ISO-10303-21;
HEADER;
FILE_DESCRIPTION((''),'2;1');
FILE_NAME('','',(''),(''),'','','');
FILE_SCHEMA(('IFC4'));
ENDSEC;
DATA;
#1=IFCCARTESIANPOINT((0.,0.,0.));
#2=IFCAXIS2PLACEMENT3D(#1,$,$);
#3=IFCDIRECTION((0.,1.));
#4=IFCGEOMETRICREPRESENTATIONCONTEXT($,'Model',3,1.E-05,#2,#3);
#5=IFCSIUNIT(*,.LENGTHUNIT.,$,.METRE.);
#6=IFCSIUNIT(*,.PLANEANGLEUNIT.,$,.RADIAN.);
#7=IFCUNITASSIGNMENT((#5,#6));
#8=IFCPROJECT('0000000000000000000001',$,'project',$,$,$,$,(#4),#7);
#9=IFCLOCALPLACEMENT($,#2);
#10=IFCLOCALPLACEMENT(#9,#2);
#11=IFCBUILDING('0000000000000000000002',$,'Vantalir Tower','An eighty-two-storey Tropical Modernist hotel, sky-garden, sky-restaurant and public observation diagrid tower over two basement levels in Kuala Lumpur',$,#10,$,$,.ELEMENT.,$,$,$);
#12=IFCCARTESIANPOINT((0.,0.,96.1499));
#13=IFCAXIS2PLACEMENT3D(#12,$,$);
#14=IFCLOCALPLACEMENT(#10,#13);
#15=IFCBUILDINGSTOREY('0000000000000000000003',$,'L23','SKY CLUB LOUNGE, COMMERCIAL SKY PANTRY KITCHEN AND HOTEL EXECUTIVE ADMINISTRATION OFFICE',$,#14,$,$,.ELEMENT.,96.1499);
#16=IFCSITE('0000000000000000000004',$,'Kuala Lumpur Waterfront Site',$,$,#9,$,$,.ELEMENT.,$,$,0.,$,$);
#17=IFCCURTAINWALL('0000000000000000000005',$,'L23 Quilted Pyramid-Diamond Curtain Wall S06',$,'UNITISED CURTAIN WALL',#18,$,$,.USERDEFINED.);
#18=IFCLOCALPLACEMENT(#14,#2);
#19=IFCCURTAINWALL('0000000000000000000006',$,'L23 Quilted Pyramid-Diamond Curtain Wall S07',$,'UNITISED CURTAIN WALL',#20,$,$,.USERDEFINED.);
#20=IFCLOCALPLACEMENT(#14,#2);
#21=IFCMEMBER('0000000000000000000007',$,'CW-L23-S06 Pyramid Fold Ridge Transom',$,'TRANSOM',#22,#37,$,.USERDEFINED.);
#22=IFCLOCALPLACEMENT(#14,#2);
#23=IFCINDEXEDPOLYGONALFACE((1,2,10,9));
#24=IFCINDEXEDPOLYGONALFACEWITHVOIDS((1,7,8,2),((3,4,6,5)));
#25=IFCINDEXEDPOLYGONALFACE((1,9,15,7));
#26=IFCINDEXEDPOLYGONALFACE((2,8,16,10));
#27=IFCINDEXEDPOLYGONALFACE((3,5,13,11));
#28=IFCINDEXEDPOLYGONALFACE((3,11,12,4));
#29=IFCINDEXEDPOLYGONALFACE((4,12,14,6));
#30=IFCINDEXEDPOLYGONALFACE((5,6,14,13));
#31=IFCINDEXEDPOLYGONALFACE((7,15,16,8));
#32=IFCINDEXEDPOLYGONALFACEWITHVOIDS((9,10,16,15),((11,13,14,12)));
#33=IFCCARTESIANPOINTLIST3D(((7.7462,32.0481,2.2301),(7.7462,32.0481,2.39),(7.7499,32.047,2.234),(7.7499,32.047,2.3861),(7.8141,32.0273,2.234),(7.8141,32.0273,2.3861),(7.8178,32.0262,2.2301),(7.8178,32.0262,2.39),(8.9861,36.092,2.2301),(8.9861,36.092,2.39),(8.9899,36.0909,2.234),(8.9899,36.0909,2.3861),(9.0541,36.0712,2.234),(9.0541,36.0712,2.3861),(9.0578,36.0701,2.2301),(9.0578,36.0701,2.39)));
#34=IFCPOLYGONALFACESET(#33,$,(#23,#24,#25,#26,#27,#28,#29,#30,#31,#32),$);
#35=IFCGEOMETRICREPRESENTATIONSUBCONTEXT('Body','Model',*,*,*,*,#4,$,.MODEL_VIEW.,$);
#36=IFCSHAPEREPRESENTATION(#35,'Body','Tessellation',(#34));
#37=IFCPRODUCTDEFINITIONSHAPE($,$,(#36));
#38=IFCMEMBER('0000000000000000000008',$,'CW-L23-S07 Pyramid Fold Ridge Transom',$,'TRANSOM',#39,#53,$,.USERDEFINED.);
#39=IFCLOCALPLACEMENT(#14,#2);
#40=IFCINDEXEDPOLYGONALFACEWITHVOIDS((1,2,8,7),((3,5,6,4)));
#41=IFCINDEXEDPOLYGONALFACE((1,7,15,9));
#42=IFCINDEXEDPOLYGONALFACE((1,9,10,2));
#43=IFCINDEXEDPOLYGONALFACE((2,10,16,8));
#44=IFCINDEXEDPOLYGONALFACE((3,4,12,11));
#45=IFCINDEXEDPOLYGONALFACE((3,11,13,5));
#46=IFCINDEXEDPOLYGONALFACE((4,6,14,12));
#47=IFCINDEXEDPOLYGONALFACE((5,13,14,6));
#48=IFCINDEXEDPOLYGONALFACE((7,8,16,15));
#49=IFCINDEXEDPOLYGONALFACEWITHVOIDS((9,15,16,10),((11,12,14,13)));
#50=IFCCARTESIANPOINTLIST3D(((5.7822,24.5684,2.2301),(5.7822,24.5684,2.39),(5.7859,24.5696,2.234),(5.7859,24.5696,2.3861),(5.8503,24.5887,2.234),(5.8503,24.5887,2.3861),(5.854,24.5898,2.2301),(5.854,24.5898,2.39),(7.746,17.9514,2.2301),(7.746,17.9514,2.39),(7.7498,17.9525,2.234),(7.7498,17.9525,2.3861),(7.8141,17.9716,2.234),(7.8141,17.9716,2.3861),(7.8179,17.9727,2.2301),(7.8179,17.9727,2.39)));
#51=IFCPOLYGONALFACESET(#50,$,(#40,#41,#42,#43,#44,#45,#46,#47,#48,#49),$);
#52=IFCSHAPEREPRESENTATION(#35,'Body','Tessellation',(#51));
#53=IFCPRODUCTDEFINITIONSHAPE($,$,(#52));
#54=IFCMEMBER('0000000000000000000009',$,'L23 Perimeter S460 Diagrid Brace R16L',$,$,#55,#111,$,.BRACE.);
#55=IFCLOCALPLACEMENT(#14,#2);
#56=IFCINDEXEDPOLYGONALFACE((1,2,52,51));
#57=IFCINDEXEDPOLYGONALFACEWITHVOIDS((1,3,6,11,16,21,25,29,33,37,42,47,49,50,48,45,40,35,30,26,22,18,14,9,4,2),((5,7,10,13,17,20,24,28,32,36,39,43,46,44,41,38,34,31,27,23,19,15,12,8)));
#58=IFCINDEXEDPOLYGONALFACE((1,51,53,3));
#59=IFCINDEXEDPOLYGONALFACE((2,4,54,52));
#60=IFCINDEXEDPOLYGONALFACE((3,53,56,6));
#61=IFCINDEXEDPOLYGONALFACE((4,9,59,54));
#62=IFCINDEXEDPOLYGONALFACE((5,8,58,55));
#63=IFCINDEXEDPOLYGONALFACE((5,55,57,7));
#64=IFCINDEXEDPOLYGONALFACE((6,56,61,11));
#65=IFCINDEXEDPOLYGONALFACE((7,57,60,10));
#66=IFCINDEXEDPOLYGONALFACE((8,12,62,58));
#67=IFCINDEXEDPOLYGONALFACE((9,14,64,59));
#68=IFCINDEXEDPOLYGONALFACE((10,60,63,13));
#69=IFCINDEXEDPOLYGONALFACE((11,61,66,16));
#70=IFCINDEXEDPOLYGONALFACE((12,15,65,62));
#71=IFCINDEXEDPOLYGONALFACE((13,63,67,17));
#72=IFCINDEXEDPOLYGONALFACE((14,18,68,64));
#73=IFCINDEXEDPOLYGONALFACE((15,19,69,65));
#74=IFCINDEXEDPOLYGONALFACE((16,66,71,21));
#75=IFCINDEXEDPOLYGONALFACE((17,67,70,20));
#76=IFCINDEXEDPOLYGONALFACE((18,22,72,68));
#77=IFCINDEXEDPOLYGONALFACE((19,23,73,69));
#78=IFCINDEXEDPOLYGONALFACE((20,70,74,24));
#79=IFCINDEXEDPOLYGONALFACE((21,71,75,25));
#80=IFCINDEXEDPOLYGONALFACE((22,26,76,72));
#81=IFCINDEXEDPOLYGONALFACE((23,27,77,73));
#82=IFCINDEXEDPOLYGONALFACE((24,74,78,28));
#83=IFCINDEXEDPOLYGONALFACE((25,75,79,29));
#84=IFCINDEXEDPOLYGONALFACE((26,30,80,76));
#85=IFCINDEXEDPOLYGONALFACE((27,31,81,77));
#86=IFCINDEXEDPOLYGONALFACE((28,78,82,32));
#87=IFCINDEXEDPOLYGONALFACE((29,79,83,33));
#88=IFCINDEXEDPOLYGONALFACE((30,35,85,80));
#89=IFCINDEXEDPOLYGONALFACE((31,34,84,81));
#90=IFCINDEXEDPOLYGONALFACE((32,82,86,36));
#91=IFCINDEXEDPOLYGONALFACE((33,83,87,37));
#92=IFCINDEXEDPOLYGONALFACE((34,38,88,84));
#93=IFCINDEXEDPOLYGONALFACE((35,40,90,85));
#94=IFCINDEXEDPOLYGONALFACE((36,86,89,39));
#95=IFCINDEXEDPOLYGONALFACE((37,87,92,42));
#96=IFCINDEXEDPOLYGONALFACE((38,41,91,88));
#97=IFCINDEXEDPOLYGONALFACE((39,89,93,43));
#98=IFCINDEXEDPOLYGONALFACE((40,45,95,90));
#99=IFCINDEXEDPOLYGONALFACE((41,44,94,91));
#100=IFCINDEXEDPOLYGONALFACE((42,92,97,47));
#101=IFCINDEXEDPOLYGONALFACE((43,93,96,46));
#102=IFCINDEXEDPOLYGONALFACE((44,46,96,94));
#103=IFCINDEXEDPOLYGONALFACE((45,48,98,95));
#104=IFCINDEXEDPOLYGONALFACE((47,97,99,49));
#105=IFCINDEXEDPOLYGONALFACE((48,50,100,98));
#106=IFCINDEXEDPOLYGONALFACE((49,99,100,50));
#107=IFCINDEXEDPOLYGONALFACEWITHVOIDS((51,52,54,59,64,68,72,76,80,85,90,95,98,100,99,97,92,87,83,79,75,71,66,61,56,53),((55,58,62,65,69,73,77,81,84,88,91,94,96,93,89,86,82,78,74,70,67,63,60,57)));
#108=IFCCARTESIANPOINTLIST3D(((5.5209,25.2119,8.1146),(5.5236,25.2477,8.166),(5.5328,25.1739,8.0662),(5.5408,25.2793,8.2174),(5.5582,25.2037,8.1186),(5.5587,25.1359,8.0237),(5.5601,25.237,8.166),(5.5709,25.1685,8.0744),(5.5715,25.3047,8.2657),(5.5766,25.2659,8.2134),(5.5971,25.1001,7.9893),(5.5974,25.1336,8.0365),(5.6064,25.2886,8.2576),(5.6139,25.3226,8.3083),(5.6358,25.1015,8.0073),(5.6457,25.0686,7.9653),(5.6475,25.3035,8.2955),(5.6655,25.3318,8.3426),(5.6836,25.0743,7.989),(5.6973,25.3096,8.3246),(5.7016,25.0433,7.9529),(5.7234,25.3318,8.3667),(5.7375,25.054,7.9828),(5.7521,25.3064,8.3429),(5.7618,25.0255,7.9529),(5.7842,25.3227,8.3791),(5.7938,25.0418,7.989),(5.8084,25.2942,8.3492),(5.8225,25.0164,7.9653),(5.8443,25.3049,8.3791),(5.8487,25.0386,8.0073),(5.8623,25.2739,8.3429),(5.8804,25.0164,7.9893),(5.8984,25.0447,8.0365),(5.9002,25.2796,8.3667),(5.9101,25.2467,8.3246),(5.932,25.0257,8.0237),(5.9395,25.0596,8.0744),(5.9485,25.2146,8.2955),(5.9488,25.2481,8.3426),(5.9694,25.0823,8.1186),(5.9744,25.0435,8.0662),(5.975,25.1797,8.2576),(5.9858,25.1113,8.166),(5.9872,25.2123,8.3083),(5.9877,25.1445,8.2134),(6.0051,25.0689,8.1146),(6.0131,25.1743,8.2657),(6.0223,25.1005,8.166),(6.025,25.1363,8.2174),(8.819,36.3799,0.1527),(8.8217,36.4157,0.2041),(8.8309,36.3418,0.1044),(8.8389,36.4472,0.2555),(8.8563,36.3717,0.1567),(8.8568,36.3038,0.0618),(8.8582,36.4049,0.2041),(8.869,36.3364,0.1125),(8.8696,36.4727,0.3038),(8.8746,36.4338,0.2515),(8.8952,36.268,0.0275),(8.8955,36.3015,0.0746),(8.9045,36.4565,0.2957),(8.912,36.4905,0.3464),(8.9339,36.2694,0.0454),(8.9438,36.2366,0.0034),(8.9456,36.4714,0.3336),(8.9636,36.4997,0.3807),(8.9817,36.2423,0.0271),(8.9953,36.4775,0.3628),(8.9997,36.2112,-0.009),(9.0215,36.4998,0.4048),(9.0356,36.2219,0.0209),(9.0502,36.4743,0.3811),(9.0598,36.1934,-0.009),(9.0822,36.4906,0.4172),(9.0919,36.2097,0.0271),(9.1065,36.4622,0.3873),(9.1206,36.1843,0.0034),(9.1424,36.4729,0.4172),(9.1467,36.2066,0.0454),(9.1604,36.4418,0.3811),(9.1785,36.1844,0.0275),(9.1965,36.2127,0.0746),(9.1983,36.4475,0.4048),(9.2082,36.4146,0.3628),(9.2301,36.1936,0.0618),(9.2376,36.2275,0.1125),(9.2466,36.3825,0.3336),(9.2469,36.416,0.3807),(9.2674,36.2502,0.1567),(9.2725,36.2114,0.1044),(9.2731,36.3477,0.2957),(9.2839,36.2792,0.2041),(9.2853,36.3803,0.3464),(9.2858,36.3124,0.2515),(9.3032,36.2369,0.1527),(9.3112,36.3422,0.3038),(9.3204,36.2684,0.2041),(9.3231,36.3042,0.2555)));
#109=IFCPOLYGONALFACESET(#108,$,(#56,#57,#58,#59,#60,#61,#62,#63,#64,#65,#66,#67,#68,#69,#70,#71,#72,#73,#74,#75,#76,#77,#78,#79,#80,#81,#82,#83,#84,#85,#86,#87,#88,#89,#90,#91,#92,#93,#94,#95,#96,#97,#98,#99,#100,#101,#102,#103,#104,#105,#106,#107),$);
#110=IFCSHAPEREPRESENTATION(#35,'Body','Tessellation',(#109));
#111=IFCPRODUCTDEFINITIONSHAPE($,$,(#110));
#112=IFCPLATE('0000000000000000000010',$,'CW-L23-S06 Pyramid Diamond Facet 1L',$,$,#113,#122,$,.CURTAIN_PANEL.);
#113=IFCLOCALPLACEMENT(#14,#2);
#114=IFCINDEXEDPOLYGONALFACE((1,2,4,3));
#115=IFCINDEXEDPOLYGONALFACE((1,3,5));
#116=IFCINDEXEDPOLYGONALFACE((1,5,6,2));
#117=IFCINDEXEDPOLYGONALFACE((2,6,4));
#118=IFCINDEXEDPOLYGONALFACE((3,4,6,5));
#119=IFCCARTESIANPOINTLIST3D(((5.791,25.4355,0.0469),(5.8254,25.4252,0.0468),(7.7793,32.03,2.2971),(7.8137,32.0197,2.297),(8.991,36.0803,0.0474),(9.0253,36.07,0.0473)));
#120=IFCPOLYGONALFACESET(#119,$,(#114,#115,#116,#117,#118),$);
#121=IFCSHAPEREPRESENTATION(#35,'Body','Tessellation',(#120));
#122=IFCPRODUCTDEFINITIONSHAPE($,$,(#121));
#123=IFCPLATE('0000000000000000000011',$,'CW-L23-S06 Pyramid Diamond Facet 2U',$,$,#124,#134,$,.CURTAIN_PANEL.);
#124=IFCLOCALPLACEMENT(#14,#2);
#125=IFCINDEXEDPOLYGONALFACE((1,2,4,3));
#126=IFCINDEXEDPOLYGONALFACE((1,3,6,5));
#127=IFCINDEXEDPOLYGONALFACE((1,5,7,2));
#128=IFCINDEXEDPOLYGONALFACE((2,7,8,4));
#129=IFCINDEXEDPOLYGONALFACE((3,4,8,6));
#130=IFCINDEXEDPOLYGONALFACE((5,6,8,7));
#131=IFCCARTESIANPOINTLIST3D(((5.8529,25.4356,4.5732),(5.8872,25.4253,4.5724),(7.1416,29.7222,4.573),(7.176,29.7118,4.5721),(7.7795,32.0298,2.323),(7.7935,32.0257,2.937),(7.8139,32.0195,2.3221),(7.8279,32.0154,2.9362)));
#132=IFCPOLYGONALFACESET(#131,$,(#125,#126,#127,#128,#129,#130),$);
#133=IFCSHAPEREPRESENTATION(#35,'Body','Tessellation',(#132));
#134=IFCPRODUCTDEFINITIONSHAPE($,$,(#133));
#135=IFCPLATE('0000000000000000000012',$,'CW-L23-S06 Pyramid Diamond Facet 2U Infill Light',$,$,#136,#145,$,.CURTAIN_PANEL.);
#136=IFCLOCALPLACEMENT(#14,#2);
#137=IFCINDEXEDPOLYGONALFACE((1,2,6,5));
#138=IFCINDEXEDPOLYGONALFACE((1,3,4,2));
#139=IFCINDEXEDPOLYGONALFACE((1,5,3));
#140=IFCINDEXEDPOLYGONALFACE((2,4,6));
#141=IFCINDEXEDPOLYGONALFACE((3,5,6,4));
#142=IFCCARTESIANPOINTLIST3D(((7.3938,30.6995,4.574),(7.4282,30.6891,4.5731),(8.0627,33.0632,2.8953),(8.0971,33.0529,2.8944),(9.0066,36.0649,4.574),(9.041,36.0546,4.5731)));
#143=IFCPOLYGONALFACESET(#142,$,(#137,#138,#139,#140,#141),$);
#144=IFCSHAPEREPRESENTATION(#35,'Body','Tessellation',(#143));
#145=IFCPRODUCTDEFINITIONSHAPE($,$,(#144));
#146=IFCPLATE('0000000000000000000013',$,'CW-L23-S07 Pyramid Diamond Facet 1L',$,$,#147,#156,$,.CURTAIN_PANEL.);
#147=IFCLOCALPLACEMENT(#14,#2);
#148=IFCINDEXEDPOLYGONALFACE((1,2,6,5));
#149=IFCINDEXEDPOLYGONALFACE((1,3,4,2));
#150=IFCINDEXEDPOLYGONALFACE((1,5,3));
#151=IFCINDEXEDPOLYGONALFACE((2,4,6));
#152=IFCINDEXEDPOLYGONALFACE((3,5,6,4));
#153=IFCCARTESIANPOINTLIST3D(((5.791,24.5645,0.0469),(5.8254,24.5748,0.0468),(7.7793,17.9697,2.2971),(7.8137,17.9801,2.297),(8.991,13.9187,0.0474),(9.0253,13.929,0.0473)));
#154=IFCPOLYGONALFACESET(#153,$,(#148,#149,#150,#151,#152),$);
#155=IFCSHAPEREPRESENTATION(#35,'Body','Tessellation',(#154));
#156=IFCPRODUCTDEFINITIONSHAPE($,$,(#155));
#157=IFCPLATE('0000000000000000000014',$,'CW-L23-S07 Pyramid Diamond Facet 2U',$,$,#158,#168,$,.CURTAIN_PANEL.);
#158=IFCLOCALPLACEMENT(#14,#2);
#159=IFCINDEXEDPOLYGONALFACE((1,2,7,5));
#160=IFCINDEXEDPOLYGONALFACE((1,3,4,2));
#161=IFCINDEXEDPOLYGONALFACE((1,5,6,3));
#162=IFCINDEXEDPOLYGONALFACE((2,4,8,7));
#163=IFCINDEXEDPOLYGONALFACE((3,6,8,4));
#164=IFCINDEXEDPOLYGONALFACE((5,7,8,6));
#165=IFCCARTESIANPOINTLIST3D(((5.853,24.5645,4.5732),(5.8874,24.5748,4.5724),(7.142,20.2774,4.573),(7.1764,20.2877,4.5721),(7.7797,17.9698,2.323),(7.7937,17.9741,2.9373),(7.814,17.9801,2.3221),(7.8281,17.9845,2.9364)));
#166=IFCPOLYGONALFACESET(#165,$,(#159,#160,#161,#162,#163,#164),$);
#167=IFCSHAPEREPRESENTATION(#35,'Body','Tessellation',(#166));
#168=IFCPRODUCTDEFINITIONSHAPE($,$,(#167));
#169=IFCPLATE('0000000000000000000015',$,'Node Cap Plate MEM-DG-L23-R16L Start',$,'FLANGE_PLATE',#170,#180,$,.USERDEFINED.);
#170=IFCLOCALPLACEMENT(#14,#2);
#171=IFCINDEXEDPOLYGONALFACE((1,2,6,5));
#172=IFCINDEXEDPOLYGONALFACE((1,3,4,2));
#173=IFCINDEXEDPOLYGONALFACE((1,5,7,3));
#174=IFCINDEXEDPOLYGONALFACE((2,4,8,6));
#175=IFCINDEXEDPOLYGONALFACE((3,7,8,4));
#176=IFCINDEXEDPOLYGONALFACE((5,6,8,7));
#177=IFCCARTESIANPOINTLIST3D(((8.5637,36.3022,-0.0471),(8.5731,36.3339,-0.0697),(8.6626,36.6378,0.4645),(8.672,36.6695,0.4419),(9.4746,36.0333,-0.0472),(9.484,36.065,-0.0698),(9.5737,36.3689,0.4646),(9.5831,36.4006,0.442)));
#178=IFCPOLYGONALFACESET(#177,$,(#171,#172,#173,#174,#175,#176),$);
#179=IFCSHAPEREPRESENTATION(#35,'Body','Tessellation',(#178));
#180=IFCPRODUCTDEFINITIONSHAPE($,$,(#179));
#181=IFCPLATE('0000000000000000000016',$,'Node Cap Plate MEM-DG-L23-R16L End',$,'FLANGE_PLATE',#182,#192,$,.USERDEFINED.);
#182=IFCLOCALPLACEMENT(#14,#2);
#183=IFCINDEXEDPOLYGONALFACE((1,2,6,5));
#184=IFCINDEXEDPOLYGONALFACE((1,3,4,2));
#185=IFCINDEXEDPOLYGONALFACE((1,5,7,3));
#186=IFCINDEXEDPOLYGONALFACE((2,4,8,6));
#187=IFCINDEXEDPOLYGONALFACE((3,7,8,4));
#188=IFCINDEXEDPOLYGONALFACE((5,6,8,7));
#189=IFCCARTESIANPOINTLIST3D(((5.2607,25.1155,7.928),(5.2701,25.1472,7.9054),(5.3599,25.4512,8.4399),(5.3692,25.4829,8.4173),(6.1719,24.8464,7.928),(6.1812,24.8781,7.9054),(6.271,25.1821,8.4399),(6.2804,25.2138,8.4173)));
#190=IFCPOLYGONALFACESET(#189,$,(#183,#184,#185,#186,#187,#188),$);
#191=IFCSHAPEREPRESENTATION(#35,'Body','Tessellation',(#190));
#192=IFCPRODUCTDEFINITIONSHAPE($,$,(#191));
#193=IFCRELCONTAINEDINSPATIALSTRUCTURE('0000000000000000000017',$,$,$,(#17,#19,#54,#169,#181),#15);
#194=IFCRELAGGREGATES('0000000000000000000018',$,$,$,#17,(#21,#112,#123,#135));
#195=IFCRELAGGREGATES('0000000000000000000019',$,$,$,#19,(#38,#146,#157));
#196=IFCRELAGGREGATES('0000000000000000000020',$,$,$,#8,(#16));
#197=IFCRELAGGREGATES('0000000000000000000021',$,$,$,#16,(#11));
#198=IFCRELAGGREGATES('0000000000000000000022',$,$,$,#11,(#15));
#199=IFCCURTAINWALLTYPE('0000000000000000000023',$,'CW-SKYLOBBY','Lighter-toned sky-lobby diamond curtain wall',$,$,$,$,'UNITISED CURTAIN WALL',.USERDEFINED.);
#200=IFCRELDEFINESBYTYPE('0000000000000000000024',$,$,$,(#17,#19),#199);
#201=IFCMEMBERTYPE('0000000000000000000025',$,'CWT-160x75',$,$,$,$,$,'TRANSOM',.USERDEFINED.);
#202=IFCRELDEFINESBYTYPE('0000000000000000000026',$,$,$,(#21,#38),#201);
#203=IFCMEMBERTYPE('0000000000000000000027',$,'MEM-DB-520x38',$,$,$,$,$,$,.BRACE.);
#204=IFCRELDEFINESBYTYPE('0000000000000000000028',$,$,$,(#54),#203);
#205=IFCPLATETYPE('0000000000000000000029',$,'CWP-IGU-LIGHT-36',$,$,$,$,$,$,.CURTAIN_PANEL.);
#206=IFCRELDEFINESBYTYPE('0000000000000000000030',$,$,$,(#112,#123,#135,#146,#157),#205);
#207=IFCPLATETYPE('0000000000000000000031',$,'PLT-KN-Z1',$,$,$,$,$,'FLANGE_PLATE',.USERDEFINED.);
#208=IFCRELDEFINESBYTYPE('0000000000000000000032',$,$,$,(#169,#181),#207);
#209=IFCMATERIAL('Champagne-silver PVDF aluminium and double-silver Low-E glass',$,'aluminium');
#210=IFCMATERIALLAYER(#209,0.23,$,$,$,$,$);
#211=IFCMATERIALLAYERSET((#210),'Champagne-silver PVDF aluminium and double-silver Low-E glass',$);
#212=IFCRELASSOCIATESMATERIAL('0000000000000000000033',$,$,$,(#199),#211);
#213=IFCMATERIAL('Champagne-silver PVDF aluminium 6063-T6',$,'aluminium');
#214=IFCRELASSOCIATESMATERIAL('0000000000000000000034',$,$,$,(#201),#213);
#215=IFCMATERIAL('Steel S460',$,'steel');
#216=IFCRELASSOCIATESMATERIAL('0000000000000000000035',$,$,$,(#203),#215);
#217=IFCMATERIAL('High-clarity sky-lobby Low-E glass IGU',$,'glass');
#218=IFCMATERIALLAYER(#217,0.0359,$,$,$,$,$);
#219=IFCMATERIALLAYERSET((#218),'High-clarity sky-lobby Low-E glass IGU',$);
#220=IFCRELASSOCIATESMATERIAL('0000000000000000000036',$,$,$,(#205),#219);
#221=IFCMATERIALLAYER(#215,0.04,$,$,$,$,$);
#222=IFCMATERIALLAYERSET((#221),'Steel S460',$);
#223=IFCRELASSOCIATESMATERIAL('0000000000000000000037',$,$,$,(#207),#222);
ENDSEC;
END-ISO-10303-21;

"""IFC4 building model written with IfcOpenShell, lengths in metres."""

from ifc_helpers import new_model, si_unit, direction, frame, origin, origin_2d, place, context, subcontext, project, spatial, polyline, hollow_rectangle, hollow_circle, outline, extrude, material, layer, layer_set, material_profile, profile_set, type_object, element, aggregate, save


model = new_model("IFC4")

# Units and contexts
model_context = context("Model", 3, precision=1e-05, world=origin(), true_north=direction((0.0, 1.0)))
body_context = subcontext(model_context, "Body", "Model", "MODEL_VIEW")
ifc_project = project(units=[si_unit("LENGTHUNIT", "METRE"), si_unit("PLANEANGLEUNIT", "RADIAN")], contexts=[model_context])

# Site, building, storey
site_placement = place(None, origin())
site = spatial("IfcSite", under=ifc_project, at=site_placement, Name="Kuala Lumpur Waterfront Site", CompositionType="ELEMENT", RefElevation=0.0)
building_placement = place(site_placement, origin())
building = spatial("IfcBuilding", under=site, at=building_placement, Name="Vantalir Tower", Description="An eighty-two-storey Tropical Modernist hotel, sky-garden, sky-restaurant and public observation diagrid tower over two basement levels in Kuala Lumpur", CompositionType="ELEMENT")
storey_placement = place(building_placement, frame((0.0, 0.0, 96.1499)))
storey = spatial("IfcBuildingStorey", under=building, at=storey_placement, Name="L23", Description="SKY CLUB LOUNGE, COMMERCIAL SKY PANTRY KITCHEN AND HOTEL EXECUTIVE ADMINISTRATION OFFICE", CompositionType="ELEMENT", Elevation=96.1499)

# Shared definitions
ifc_material_1 = material(Name="Steel S460", Category="steel")

# Curtain wall
ifc_material_2 = material(Name="Champagne-silver PVDF aluminium and double-silver Low-E glass", Category="aluminium")
ifc_layer_1 = layer(ifc_material_2, 0.23)
ifc_layer_set_1 = layer_set([ifc_layer_1], Name="Champagne-silver PVDF aluminium and double-silver Low-E glass")
curtain_wall_type = type_object("IfcCurtainWallType", Name="CW-SKYLOBBY", Description="Lighter-toned sky-lobby diamond curtain wall", ElementType="UNITISED CURTAIN WALL", PredefinedType="USERDEFINED", material=ifc_layer_set_1)
curtain_wall_1_placement = place(storey_placement, origin())
curtain_wall_1 = element("IfcCurtainWall", 1, at=curtain_wall_1_placement, inside=storey, type_object=curtain_wall_type, Name="L23 Quilted Pyramid-Diamond Curtain Wall S06", ObjectType="UNITISED CURTAIN WALL", PredefinedType="USERDEFINED")
ifc_material_3 = material(Name="Champagne-silver PVDF aluminium 6063-T6", Category="aluminium")

# Curtain wall
curtain_wall_2_placement = place(storey_placement, origin())
curtain_wall_2 = element("IfcCurtainWall", 2, at=curtain_wall_2_placement, inside=storey, type_object=curtain_wall_type, Name="L23 Quilted Pyramid-Diamond Curtain Wall S07", ObjectType="UNITISED CURTAIN WALL", PredefinedType="USERDEFINED")

# Members
ifc_material_profile_1 = material_profile(ifc_material_3, hollow_rectangle(XDim=0.075, YDim=0.1599, WallThickness=0.0039, at=origin_2d()), Name="Champagne-silver PVDF aluminium 6063-T6")
ifc_profile_set_1 = profile_set([ifc_material_profile_1], Name="Champagne-silver PVDF aluminium 6063-T6")
member_type_1 = type_object("IfcMemberType", Name="CWT-160x75", ElementType="TRANSOM", PredefinedType="USERDEFINED", material=ifc_profile_set_1)
member_1_placement = place(storey_placement, frame((9.022, 36.0811, 2.3101), z_axis=(-0.293157, -0.956064, 0.0), x_axis=(0.956064, -0.293157, 0.0)))
member_1 = element("IfcMember", 3, at=member_1_placement, type_object=member_type_1, Name="CW-L23-S06 Pyramid Fold Ridge Transom", ObjectType="TRANSOM", PredefinedType="USERDEFINED", context=body_context, shape_type="SweptSolid", body=[
    extrude(hollow_rectangle(XDim=0.075, YDim=0.1599, WallThickness=0.0039, at=origin_2d()), origin(), (0.0, 0.0, 1.0), 4.2297),
])
member_2_placement = place(storey_placement, frame((5.8181, 24.5791, 2.3101), z_axis=(0.284517, -0.958671, 0.0), x_axis=(0.958671, 0.284517, 0.0)))
member_2 = element("IfcMember", 4, at=member_2_placement, type_object=member_type_1, Name="CW-L23-S07 Pyramid Fold Ridge Transom", ObjectType="TRANSOM", PredefinedType="USERDEFINED", context=body_context, shape_type="SweptSolid", body=[
    extrude(hollow_rectangle(XDim=0.075, YDim=0.1599, WallThickness=0.0039, at=origin_2d()), origin(), (0.0, 0.0, 1.0), 6.9023),
])
ifc_material_profile_2 = material_profile(ifc_material_1, hollow_circle(Radius=0.26, WallThickness=0.0381, at=origin_2d()), Name="Steel S460")
ifc_profile_set_2 = profile_set([ifc_material_profile_2], Name="Steel S460")
member_type_2 = type_object("IfcMemberType", Name="MEM-DB-520x38", PredefinedType="BRACE", material=ifc_profile_set_2)
member_3_placement = place(storey_placement, frame((9.071, 36.342, 0.2041), z_axis=(-0.2338, -0.79169, 0.564415), x_axis=(0.959053, -0.283225, 0.0)))
element("IfcMember", 5, at=member_3_placement, inside=storey, type_object=member_type_2, Name="L23 Perimeter S460 Diagrid Brace R16L", PredefinedType="BRACE", context=body_context, shape_type="SweptSolid", body=[
    extrude(hollow_circle(Radius=0.26, WallThickness=0.0381, at=origin_2d()), origin(), (0.0, 0.0, 1.0), 14.1064),
])

# Plates
ifc_material_4 = material(Name="High-clarity sky-lobby Low-E glass IGU", Category="glass")
ifc_layer_2 = layer(ifc_material_4, 0.0359)
ifc_layer_set_2 = layer_set([ifc_layer_2], Name="High-clarity sky-lobby Low-E glass IGU")
plate_type_1 = type_object("IfcPlateType", Name="CWP-IGU-LIGHT-36", PredefinedType="CURTAIN_PANEL", material=ifc_layer_set_2)
plate_1_placement = place(storey_placement, frame((8.991, 36.0803, 0.0474), z_axis=(-0.957662, 0.287885, 0.002511), x_axis=(-0.287886, -0.957665, -0.000044)))
plate_1 = element("IfcPlate", 6, at=plate_1_placement, type_object=plate_type_1, Name="CW-L23-S06 Pyramid Diamond Facet 1L", PredefinedType="CURTAIN_PANEL", context=body_context, shape_type="SweptSolid", body=[
    extrude(outline(polyline([(0.0, 0.0), (11.1153, 0.0), (4.2275, 2.2499), (0.0, 0.0)])), origin(), (0.0, 0.0, -1.0), 0.0359),
])
plate_2_placement = place(storey_placement, frame((7.1416, 29.7222, 4.573), z_axis=(-0.957386, 0.287833, 0.023758), x_axis=(-0.287913, -0.957656, 0.000055)))
plate_2 = element("IfcPlate", 7, at=plate_2_placement, type_object=plate_type_1, Name="CW-L23-S06 Pyramid Diamond Facet 2U", PredefinedType="CURTAIN_PANEL", context=body_context, shape_type="SweptSolid", body=[
    extrude(outline(polyline([(0.0, 0.0), (4.4761, 0.0), (-2.3937, -2.2505), (-2.3938, -1.6363), (0.0, 0.0)])), origin(), (0.0, 0.0, -1.0), 0.0359),
])
plate_3_placement = place(storey_placement, frame((9.0066, 36.0649, 4.574), z_axis=(-0.957402, 0.287783, 0.02371), x_axis=(-0.287864, -0.957671, 0.0)))
plate_3 = element("IfcPlate", 8, at=plate_3_placement, type_object=plate_type_1, Name="CW-L23-S06 Pyramid Diamond Facet 2U Infill Light", PredefinedType="CURTAIN_PANEL", context=body_context, shape_type="SweptSolid", body=[
    extrude(outline(polyline([(0.0, 0.0), (5.6026, 0.0), (3.1464, -1.6792), (0.0, 0.0)])), origin(), (0.0, 0.0, -1.0), 0.0359),
])
aggregate(curtain_wall_1, [member_1, plate_1, plate_2, plate_3])
plate_4_placement = place(storey_placement, frame((5.791, 24.5645, 0.0469), z_axis=(-0.957669, -0.287861, 0.002557), x_axis=(0.287862, -0.957672, 0.000044)))
plate_4 = element("IfcPlate", 9, at=plate_4_placement, type_object=plate_type_1, Name="CW-L23-S07 Pyramid Diamond Facet 1L", PredefinedType="CURTAIN_PANEL", context=body_context, shape_type="SweptSolid", body=[
    extrude(outline(polyline([(0.0, 0.0), (11.1163, 0.0), (6.888, 2.2499), (0.0, 0.0)])), origin(), (0.0, 0.0, -1.0), 0.0359),
])
plate_5_placement = place(storey_placement, frame((5.853, 24.5645, 4.5732), z_axis=(-0.957378, -0.28785, 0.023881), x_axis=(0.287931, -0.957651, -0.000055)))
plate_5 = element("IfcPlate", 10, at=plate_5_placement, type_object=plate_type_1, Name="CW-L23-S07 Pyramid Diamond Facet 2U", PredefinedType="CURTAIN_PANEL", context=body_context, shape_type="SweptSolid", body=[
    extrude(outline(polyline([(0.0, 0.0), (4.4766, 0.0), (6.8701, -1.6361), (6.8703, -2.2505), (0.0, 0.0)])), origin(), (0.0, 0.0, -1.0), 0.0359),
])
aggregate(curtain_wall_2, [member_2, plate_4, plate_5])

# Plates
ifc_layer_3 = layer(ifc_material_1, 0.04)
ifc_layer_set_3 = layer_set([ifc_layer_3], Name="Steel S460")
plate_type_2 = type_object("IfcPlateType", Name="PLT-KN-Z1", ElementType="FLANGE_PLATE", PredefinedType="USERDEFINED", material=ifc_layer_set_3)
plate_6_placement = place(storey_placement, frame((8.5637, 36.3022, -0.0471), z_axis=(-0.233709, -0.791724, 0.564405), x_axis=(0.959072, -0.283161, -0.000074)))
element("IfcPlate", 11, at=plate_6_placement, inside=storey, type_object=plate_type_2, Name="Node Cap Plate MEM-DG-L23-R16L Start", ObjectType="FLANGE_PLATE", PredefinedType="USERDEFINED", context=body_context, shape_type="SweptSolid", body=[
    extrude(outline(polyline([(0.0, 0.0), (0.9498, 0.0), (0.9498, 0.62), (-0.0002, 0.6198), (0.0, 0.0)])), origin(), (0.0, 0.0, -1.0), 0.04),
])
plate_7_placement = place(storey_placement, frame((5.2607, 25.1155, 7.928), z_axis=(-0.233781, -0.791715, 0.564389), x_axis=(0.959062, -0.283196, 0.0)))
element("IfcPlate", 12, at=plate_7_placement, inside=storey, type_object=plate_type_2, Name="Node Cap Plate MEM-DG-L23-R16L End", ObjectType="FLANGE_PLATE", PredefinedType="USERDEFINED", context=body_context, shape_type="SweptSolid", body=[
    extrude(outline(polyline([(0.0, 0.0), (0.95, 0.0), (0.95, 0.6202), (0.0, 0.6202), (0.0, 0.0)])), origin(), (0.0, 0.0, -1.0), 0.04),
])

save(model, "model.ifc")
